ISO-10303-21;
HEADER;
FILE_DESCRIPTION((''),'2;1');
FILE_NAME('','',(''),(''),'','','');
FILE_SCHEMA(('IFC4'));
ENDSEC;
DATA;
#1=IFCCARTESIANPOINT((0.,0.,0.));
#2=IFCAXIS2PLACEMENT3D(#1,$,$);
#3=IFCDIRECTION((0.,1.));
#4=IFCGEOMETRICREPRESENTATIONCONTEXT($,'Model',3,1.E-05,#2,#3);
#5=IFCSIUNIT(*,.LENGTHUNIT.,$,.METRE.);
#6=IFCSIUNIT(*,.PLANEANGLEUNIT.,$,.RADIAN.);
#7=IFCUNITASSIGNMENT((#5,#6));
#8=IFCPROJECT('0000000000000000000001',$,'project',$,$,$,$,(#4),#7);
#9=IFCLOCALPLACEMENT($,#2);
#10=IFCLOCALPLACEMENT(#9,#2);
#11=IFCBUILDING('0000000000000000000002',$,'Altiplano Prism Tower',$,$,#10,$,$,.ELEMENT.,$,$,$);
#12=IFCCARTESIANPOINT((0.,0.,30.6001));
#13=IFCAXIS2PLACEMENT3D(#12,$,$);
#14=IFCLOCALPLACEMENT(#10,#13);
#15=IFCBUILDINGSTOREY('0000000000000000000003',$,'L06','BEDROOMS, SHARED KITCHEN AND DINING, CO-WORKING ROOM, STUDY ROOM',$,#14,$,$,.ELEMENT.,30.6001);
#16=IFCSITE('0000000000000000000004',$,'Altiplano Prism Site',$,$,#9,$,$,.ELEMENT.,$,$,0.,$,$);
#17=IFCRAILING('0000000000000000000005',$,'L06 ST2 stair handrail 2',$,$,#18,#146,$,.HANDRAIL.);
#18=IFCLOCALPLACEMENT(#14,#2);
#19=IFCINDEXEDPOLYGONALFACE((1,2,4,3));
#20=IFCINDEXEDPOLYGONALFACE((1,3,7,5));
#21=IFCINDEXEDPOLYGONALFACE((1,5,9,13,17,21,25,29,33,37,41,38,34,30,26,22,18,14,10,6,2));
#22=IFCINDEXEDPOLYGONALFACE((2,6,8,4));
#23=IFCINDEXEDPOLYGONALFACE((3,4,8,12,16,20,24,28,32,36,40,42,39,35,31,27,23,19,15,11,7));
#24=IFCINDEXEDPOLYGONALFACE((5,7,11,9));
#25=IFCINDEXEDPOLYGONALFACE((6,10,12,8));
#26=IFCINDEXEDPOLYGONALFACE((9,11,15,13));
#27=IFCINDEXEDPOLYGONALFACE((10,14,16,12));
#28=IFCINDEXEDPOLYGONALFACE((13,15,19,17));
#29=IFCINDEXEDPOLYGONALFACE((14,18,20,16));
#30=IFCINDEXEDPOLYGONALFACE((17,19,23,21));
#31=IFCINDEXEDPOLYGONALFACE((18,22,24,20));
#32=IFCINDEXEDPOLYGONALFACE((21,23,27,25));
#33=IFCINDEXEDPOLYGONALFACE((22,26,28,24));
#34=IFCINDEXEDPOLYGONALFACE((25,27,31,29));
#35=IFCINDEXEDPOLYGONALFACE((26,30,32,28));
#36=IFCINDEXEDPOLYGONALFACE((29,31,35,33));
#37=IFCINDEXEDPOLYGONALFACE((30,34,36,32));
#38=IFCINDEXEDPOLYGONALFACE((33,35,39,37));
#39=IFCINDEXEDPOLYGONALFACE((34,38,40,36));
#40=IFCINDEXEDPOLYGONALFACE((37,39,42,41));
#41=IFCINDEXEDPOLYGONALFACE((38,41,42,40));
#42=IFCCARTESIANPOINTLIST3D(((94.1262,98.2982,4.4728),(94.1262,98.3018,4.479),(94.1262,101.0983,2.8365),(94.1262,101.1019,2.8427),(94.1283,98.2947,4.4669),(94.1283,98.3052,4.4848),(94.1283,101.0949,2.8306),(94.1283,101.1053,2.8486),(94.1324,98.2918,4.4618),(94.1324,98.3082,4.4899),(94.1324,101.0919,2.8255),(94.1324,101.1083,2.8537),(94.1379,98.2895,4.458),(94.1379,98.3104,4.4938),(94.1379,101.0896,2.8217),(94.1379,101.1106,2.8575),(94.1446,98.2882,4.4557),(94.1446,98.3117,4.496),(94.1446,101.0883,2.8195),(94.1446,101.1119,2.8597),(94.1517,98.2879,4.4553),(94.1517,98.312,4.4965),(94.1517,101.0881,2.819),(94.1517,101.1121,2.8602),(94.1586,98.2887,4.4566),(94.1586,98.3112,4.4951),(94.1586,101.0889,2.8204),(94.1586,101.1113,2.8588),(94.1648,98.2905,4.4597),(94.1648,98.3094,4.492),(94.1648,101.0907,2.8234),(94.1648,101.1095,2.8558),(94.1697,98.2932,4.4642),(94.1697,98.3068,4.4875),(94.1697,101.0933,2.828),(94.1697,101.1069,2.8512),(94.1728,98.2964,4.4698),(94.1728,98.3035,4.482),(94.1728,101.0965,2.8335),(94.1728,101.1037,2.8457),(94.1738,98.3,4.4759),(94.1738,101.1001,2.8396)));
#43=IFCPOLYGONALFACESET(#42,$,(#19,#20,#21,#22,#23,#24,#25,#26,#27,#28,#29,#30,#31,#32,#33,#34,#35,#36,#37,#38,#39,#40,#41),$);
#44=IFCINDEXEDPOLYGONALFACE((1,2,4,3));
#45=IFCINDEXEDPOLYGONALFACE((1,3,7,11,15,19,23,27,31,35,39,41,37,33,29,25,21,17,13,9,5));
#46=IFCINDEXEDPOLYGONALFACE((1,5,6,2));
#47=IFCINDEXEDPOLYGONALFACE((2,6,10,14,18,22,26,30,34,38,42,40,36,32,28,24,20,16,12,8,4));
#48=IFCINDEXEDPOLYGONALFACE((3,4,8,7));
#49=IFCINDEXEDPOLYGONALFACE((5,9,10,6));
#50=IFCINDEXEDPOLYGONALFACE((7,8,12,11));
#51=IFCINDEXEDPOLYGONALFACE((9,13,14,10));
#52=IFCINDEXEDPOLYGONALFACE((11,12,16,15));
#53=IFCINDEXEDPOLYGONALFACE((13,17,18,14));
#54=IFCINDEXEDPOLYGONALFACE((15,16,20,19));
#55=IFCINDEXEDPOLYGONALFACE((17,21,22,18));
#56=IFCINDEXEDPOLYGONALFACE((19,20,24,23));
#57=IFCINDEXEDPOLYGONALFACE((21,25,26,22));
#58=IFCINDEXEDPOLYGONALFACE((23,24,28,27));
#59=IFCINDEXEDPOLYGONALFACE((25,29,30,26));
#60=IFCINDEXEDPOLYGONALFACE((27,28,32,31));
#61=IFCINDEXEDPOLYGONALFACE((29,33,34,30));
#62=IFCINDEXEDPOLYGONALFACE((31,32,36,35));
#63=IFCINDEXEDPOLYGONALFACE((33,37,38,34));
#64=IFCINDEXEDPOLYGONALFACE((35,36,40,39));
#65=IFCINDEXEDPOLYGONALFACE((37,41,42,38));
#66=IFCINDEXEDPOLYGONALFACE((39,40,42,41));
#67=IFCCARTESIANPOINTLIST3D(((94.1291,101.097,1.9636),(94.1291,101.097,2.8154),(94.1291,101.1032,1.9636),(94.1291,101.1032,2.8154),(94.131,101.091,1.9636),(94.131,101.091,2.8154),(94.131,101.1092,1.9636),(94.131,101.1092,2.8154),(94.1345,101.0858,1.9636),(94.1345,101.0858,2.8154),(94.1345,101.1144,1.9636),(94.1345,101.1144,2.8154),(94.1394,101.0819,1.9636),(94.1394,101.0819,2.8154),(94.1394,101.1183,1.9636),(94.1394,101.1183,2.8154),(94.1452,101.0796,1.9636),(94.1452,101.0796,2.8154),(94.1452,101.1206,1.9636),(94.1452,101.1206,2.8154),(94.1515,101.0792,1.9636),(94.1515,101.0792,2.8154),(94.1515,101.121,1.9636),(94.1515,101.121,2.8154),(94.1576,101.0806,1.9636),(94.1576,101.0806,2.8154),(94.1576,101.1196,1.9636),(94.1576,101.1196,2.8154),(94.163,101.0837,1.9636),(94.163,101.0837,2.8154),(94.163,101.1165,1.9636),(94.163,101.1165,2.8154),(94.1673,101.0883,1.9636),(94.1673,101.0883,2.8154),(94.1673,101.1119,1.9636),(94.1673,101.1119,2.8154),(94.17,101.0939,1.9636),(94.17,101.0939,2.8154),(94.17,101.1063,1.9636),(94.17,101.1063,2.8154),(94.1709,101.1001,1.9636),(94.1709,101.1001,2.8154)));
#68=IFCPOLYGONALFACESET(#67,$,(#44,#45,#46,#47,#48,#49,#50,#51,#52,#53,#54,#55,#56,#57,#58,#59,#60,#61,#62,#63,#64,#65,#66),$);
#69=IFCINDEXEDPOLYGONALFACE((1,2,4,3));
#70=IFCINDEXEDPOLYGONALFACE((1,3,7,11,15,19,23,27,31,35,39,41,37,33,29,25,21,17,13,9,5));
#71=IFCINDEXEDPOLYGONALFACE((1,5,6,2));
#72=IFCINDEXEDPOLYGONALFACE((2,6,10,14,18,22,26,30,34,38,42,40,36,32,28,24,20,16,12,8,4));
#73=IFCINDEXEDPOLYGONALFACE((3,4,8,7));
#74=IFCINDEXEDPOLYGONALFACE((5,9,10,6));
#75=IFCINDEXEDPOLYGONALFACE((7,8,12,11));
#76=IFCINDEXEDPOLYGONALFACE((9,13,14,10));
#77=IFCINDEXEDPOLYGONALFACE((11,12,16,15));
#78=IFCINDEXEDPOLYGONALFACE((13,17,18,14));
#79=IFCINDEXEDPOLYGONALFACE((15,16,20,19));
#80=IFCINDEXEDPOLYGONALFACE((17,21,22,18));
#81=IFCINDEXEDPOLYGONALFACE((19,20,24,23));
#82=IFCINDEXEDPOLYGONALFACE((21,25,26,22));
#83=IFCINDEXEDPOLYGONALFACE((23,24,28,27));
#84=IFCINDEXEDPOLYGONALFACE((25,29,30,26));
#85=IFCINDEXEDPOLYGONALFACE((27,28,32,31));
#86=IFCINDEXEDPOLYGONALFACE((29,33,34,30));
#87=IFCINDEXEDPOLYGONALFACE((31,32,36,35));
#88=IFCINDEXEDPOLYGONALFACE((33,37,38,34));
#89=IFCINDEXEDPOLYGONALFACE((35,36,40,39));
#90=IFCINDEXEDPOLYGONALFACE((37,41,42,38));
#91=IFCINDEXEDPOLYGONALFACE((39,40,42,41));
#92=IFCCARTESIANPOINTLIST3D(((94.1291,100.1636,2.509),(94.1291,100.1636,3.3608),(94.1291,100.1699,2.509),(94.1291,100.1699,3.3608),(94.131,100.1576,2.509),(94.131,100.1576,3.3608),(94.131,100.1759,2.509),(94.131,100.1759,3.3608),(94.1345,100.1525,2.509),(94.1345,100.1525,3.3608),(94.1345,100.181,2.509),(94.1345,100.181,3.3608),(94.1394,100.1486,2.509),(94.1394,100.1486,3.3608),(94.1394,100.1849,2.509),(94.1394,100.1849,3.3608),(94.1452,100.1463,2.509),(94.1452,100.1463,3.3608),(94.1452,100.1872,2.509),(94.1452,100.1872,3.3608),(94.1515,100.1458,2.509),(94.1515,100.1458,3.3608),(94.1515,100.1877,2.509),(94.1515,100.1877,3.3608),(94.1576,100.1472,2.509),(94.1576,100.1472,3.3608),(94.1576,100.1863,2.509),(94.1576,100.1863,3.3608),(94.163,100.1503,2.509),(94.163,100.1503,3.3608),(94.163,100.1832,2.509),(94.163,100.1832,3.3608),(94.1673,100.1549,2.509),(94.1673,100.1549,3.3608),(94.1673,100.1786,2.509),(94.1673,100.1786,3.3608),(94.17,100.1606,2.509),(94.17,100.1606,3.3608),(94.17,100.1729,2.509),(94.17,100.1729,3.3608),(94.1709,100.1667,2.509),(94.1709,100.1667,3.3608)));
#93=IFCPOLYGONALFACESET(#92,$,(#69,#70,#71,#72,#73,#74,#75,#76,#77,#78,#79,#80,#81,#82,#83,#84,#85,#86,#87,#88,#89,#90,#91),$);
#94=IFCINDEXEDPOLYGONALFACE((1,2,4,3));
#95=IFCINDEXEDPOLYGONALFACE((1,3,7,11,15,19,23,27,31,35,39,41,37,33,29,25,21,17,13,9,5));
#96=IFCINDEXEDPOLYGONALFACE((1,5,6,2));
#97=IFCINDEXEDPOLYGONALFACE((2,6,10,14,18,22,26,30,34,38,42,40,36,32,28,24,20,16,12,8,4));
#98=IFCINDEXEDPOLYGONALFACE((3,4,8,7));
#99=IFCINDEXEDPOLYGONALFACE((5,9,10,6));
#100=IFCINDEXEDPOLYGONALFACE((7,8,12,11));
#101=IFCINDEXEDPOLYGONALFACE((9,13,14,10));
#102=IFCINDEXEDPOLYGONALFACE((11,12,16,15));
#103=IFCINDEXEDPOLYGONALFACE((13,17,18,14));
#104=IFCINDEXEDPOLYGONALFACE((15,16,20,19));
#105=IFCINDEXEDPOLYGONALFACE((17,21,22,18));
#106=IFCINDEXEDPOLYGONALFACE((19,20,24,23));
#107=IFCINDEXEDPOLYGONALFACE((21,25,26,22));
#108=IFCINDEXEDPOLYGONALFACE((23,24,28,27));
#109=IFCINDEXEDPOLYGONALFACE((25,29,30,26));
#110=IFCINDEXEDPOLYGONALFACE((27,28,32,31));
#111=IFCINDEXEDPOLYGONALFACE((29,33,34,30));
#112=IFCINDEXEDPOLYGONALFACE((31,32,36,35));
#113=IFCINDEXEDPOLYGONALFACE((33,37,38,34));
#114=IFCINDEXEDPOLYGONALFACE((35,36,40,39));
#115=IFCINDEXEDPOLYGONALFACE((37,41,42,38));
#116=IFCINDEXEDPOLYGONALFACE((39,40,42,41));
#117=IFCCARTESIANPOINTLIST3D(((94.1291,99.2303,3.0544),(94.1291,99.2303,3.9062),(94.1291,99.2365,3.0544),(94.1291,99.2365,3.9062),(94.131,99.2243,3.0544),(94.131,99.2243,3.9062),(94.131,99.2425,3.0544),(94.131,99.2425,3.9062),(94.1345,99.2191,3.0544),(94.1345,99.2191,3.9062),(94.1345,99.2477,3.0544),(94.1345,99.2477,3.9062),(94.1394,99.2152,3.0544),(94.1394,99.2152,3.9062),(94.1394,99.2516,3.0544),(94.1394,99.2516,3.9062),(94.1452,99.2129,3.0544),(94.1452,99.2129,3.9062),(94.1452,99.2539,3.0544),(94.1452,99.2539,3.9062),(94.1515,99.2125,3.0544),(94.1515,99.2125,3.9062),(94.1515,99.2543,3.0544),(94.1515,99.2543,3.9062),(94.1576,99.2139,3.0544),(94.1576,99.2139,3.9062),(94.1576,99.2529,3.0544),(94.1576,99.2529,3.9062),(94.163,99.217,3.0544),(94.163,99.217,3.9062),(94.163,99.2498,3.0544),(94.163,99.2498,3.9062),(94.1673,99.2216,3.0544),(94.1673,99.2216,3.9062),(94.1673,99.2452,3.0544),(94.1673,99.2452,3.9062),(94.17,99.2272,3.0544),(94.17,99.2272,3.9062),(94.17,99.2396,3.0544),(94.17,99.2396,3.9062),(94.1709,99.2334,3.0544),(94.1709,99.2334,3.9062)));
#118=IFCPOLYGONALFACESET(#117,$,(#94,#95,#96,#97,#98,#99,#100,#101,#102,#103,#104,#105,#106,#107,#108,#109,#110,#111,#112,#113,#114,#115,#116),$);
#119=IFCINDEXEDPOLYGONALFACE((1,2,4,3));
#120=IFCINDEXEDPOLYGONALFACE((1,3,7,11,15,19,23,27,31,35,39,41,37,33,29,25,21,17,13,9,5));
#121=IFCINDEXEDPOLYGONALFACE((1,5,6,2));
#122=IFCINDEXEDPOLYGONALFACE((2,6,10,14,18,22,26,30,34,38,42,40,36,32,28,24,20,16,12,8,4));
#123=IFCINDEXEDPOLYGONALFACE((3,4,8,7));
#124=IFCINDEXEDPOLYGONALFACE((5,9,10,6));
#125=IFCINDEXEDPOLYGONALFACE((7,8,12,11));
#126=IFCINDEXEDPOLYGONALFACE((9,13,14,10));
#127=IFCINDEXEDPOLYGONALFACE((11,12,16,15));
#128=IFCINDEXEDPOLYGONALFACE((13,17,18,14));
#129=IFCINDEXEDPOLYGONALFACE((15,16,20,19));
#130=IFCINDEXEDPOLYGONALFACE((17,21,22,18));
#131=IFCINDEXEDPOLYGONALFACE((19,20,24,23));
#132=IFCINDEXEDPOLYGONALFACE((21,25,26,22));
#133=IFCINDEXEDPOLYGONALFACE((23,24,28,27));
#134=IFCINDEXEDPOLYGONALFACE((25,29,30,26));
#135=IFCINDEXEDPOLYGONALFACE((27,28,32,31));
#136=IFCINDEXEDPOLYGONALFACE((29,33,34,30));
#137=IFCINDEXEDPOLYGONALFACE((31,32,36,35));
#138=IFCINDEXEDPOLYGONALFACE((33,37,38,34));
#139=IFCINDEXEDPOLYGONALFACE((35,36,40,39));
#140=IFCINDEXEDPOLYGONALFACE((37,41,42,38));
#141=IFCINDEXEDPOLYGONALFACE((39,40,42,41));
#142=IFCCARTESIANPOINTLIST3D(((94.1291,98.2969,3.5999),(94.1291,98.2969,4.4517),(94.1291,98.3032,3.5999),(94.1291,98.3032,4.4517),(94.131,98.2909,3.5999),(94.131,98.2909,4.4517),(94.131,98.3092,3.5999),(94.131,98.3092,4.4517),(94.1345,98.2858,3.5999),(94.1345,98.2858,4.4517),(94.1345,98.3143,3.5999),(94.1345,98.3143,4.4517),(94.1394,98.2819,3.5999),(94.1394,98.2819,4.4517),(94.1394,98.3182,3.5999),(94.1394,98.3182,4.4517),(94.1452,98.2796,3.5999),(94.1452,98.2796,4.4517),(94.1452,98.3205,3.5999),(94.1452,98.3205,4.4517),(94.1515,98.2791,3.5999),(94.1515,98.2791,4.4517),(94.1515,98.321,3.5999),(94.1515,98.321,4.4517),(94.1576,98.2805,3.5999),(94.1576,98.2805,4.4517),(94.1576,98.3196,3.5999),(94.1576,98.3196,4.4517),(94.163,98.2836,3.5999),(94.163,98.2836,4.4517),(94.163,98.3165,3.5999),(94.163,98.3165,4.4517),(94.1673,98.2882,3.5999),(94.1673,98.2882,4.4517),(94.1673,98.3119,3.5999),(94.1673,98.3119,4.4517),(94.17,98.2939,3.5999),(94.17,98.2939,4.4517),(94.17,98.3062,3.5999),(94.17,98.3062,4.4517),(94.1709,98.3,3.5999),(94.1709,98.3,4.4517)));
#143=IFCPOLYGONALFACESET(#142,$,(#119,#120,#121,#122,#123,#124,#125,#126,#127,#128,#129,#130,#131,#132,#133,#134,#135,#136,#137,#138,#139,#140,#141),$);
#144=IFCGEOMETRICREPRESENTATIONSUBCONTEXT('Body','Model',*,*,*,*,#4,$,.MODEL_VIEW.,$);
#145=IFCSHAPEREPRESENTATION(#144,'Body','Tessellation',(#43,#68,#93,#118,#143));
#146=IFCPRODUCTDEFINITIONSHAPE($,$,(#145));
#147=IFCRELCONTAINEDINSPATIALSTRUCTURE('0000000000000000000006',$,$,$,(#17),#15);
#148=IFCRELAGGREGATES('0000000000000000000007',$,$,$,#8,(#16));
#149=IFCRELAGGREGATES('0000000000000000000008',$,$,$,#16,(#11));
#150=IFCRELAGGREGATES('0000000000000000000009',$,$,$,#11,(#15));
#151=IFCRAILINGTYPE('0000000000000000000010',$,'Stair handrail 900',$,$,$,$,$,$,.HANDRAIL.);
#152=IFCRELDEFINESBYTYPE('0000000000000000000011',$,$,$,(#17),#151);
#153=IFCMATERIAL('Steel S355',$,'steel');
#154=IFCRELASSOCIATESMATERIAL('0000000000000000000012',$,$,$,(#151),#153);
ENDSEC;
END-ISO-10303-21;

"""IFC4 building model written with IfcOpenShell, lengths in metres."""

from ifc_helpers import new_model, si_unit, direction, frame, origin, origin_2d, place, context, subcontext, project, spatial, circle, extrude, material, type_object, element, save


model = new_model("IFC4")

# Units and contexts
model_context = context("Model", 3, precision=1e-05, world=origin(), true_north=direction((0.0, 1.0)))
body_context = subcontext(model_context, "Body", "Model", "MODEL_VIEW")
ifc_project = project(units=[si_unit("LENGTHUNIT", "METRE"), si_unit("PLANEANGLEUNIT", "RADIAN")], contexts=[model_context])

# Site, building, storey
site_placement = place(None, origin())
site = spatial("IfcSite", under=ifc_project, at=site_placement, Name="Altiplano Prism Site", CompositionType="ELEMENT", RefElevation=0.0)
building_placement = place(site_placement, origin())
building = spatial("IfcBuilding", under=site, at=building_placement, Name="Altiplano Prism Tower", CompositionType="ELEMENT")
storey_placement = place(building_placement, frame((0.0, 0.0, 30.6001)))
storey = spatial("IfcBuildingStorey", under=building, at=storey_placement, Name="L06", Description="BEDROOMS, SHARED KITCHEN AND DINING, CO-WORKING ROOM, STUDY ROOM", CompositionType="ELEMENT", Elevation=30.6001)

# Railing
ifc_material_1 = material(Name="Steel S355", Category="steel")
railing_type_1 = type_object("IfcRailingType", Name="Stair handrail 900", PredefinedType="HANDRAIL", material=ifc_material_1)
railing_1_placement = place(storey_placement, frame((94.1499, 101.1001, 1.9636)))
element("IfcRailing", 1, at=railing_1_placement, inside=storey, type_object=railing_type_1, Name="L06 ST2 stair handrail 2", PredefinedType="HANDRAIL", context=body_context, shape_type="SweptSolid", body=[
    extrude(circle(Radius=0.0239, at=origin_2d()), frame((0.0, 0.0, 0.876), z_axis=(0.0, -0.863394, 0.504531), x_axis=(1.0, 0.0, 0.0)), (0.0, 0.0, 1.0), 3.2432),
    extrude(circle(Radius=0.021, at=origin_2d()), origin(), (0.0, 0.0, 1.0), 0.8518),
    extrude(circle(Radius=0.021, at=origin_2d()), frame((0.0, -0.9333, 0.5454)), (0.0, 0.0, 1.0), 0.8518),
    extrude(circle(Radius=0.021, at=origin_2d()), frame((0.0, -1.8667, 1.0908)), (0.0, 0.0, 1.0), 0.8518),
    extrude(circle(Radius=0.021, at=origin_2d()), frame((0.0, -2.8, 1.6362)), (0.0, 0.0, 1.0), 0.8518),
])

save(model, "model.ifc")
